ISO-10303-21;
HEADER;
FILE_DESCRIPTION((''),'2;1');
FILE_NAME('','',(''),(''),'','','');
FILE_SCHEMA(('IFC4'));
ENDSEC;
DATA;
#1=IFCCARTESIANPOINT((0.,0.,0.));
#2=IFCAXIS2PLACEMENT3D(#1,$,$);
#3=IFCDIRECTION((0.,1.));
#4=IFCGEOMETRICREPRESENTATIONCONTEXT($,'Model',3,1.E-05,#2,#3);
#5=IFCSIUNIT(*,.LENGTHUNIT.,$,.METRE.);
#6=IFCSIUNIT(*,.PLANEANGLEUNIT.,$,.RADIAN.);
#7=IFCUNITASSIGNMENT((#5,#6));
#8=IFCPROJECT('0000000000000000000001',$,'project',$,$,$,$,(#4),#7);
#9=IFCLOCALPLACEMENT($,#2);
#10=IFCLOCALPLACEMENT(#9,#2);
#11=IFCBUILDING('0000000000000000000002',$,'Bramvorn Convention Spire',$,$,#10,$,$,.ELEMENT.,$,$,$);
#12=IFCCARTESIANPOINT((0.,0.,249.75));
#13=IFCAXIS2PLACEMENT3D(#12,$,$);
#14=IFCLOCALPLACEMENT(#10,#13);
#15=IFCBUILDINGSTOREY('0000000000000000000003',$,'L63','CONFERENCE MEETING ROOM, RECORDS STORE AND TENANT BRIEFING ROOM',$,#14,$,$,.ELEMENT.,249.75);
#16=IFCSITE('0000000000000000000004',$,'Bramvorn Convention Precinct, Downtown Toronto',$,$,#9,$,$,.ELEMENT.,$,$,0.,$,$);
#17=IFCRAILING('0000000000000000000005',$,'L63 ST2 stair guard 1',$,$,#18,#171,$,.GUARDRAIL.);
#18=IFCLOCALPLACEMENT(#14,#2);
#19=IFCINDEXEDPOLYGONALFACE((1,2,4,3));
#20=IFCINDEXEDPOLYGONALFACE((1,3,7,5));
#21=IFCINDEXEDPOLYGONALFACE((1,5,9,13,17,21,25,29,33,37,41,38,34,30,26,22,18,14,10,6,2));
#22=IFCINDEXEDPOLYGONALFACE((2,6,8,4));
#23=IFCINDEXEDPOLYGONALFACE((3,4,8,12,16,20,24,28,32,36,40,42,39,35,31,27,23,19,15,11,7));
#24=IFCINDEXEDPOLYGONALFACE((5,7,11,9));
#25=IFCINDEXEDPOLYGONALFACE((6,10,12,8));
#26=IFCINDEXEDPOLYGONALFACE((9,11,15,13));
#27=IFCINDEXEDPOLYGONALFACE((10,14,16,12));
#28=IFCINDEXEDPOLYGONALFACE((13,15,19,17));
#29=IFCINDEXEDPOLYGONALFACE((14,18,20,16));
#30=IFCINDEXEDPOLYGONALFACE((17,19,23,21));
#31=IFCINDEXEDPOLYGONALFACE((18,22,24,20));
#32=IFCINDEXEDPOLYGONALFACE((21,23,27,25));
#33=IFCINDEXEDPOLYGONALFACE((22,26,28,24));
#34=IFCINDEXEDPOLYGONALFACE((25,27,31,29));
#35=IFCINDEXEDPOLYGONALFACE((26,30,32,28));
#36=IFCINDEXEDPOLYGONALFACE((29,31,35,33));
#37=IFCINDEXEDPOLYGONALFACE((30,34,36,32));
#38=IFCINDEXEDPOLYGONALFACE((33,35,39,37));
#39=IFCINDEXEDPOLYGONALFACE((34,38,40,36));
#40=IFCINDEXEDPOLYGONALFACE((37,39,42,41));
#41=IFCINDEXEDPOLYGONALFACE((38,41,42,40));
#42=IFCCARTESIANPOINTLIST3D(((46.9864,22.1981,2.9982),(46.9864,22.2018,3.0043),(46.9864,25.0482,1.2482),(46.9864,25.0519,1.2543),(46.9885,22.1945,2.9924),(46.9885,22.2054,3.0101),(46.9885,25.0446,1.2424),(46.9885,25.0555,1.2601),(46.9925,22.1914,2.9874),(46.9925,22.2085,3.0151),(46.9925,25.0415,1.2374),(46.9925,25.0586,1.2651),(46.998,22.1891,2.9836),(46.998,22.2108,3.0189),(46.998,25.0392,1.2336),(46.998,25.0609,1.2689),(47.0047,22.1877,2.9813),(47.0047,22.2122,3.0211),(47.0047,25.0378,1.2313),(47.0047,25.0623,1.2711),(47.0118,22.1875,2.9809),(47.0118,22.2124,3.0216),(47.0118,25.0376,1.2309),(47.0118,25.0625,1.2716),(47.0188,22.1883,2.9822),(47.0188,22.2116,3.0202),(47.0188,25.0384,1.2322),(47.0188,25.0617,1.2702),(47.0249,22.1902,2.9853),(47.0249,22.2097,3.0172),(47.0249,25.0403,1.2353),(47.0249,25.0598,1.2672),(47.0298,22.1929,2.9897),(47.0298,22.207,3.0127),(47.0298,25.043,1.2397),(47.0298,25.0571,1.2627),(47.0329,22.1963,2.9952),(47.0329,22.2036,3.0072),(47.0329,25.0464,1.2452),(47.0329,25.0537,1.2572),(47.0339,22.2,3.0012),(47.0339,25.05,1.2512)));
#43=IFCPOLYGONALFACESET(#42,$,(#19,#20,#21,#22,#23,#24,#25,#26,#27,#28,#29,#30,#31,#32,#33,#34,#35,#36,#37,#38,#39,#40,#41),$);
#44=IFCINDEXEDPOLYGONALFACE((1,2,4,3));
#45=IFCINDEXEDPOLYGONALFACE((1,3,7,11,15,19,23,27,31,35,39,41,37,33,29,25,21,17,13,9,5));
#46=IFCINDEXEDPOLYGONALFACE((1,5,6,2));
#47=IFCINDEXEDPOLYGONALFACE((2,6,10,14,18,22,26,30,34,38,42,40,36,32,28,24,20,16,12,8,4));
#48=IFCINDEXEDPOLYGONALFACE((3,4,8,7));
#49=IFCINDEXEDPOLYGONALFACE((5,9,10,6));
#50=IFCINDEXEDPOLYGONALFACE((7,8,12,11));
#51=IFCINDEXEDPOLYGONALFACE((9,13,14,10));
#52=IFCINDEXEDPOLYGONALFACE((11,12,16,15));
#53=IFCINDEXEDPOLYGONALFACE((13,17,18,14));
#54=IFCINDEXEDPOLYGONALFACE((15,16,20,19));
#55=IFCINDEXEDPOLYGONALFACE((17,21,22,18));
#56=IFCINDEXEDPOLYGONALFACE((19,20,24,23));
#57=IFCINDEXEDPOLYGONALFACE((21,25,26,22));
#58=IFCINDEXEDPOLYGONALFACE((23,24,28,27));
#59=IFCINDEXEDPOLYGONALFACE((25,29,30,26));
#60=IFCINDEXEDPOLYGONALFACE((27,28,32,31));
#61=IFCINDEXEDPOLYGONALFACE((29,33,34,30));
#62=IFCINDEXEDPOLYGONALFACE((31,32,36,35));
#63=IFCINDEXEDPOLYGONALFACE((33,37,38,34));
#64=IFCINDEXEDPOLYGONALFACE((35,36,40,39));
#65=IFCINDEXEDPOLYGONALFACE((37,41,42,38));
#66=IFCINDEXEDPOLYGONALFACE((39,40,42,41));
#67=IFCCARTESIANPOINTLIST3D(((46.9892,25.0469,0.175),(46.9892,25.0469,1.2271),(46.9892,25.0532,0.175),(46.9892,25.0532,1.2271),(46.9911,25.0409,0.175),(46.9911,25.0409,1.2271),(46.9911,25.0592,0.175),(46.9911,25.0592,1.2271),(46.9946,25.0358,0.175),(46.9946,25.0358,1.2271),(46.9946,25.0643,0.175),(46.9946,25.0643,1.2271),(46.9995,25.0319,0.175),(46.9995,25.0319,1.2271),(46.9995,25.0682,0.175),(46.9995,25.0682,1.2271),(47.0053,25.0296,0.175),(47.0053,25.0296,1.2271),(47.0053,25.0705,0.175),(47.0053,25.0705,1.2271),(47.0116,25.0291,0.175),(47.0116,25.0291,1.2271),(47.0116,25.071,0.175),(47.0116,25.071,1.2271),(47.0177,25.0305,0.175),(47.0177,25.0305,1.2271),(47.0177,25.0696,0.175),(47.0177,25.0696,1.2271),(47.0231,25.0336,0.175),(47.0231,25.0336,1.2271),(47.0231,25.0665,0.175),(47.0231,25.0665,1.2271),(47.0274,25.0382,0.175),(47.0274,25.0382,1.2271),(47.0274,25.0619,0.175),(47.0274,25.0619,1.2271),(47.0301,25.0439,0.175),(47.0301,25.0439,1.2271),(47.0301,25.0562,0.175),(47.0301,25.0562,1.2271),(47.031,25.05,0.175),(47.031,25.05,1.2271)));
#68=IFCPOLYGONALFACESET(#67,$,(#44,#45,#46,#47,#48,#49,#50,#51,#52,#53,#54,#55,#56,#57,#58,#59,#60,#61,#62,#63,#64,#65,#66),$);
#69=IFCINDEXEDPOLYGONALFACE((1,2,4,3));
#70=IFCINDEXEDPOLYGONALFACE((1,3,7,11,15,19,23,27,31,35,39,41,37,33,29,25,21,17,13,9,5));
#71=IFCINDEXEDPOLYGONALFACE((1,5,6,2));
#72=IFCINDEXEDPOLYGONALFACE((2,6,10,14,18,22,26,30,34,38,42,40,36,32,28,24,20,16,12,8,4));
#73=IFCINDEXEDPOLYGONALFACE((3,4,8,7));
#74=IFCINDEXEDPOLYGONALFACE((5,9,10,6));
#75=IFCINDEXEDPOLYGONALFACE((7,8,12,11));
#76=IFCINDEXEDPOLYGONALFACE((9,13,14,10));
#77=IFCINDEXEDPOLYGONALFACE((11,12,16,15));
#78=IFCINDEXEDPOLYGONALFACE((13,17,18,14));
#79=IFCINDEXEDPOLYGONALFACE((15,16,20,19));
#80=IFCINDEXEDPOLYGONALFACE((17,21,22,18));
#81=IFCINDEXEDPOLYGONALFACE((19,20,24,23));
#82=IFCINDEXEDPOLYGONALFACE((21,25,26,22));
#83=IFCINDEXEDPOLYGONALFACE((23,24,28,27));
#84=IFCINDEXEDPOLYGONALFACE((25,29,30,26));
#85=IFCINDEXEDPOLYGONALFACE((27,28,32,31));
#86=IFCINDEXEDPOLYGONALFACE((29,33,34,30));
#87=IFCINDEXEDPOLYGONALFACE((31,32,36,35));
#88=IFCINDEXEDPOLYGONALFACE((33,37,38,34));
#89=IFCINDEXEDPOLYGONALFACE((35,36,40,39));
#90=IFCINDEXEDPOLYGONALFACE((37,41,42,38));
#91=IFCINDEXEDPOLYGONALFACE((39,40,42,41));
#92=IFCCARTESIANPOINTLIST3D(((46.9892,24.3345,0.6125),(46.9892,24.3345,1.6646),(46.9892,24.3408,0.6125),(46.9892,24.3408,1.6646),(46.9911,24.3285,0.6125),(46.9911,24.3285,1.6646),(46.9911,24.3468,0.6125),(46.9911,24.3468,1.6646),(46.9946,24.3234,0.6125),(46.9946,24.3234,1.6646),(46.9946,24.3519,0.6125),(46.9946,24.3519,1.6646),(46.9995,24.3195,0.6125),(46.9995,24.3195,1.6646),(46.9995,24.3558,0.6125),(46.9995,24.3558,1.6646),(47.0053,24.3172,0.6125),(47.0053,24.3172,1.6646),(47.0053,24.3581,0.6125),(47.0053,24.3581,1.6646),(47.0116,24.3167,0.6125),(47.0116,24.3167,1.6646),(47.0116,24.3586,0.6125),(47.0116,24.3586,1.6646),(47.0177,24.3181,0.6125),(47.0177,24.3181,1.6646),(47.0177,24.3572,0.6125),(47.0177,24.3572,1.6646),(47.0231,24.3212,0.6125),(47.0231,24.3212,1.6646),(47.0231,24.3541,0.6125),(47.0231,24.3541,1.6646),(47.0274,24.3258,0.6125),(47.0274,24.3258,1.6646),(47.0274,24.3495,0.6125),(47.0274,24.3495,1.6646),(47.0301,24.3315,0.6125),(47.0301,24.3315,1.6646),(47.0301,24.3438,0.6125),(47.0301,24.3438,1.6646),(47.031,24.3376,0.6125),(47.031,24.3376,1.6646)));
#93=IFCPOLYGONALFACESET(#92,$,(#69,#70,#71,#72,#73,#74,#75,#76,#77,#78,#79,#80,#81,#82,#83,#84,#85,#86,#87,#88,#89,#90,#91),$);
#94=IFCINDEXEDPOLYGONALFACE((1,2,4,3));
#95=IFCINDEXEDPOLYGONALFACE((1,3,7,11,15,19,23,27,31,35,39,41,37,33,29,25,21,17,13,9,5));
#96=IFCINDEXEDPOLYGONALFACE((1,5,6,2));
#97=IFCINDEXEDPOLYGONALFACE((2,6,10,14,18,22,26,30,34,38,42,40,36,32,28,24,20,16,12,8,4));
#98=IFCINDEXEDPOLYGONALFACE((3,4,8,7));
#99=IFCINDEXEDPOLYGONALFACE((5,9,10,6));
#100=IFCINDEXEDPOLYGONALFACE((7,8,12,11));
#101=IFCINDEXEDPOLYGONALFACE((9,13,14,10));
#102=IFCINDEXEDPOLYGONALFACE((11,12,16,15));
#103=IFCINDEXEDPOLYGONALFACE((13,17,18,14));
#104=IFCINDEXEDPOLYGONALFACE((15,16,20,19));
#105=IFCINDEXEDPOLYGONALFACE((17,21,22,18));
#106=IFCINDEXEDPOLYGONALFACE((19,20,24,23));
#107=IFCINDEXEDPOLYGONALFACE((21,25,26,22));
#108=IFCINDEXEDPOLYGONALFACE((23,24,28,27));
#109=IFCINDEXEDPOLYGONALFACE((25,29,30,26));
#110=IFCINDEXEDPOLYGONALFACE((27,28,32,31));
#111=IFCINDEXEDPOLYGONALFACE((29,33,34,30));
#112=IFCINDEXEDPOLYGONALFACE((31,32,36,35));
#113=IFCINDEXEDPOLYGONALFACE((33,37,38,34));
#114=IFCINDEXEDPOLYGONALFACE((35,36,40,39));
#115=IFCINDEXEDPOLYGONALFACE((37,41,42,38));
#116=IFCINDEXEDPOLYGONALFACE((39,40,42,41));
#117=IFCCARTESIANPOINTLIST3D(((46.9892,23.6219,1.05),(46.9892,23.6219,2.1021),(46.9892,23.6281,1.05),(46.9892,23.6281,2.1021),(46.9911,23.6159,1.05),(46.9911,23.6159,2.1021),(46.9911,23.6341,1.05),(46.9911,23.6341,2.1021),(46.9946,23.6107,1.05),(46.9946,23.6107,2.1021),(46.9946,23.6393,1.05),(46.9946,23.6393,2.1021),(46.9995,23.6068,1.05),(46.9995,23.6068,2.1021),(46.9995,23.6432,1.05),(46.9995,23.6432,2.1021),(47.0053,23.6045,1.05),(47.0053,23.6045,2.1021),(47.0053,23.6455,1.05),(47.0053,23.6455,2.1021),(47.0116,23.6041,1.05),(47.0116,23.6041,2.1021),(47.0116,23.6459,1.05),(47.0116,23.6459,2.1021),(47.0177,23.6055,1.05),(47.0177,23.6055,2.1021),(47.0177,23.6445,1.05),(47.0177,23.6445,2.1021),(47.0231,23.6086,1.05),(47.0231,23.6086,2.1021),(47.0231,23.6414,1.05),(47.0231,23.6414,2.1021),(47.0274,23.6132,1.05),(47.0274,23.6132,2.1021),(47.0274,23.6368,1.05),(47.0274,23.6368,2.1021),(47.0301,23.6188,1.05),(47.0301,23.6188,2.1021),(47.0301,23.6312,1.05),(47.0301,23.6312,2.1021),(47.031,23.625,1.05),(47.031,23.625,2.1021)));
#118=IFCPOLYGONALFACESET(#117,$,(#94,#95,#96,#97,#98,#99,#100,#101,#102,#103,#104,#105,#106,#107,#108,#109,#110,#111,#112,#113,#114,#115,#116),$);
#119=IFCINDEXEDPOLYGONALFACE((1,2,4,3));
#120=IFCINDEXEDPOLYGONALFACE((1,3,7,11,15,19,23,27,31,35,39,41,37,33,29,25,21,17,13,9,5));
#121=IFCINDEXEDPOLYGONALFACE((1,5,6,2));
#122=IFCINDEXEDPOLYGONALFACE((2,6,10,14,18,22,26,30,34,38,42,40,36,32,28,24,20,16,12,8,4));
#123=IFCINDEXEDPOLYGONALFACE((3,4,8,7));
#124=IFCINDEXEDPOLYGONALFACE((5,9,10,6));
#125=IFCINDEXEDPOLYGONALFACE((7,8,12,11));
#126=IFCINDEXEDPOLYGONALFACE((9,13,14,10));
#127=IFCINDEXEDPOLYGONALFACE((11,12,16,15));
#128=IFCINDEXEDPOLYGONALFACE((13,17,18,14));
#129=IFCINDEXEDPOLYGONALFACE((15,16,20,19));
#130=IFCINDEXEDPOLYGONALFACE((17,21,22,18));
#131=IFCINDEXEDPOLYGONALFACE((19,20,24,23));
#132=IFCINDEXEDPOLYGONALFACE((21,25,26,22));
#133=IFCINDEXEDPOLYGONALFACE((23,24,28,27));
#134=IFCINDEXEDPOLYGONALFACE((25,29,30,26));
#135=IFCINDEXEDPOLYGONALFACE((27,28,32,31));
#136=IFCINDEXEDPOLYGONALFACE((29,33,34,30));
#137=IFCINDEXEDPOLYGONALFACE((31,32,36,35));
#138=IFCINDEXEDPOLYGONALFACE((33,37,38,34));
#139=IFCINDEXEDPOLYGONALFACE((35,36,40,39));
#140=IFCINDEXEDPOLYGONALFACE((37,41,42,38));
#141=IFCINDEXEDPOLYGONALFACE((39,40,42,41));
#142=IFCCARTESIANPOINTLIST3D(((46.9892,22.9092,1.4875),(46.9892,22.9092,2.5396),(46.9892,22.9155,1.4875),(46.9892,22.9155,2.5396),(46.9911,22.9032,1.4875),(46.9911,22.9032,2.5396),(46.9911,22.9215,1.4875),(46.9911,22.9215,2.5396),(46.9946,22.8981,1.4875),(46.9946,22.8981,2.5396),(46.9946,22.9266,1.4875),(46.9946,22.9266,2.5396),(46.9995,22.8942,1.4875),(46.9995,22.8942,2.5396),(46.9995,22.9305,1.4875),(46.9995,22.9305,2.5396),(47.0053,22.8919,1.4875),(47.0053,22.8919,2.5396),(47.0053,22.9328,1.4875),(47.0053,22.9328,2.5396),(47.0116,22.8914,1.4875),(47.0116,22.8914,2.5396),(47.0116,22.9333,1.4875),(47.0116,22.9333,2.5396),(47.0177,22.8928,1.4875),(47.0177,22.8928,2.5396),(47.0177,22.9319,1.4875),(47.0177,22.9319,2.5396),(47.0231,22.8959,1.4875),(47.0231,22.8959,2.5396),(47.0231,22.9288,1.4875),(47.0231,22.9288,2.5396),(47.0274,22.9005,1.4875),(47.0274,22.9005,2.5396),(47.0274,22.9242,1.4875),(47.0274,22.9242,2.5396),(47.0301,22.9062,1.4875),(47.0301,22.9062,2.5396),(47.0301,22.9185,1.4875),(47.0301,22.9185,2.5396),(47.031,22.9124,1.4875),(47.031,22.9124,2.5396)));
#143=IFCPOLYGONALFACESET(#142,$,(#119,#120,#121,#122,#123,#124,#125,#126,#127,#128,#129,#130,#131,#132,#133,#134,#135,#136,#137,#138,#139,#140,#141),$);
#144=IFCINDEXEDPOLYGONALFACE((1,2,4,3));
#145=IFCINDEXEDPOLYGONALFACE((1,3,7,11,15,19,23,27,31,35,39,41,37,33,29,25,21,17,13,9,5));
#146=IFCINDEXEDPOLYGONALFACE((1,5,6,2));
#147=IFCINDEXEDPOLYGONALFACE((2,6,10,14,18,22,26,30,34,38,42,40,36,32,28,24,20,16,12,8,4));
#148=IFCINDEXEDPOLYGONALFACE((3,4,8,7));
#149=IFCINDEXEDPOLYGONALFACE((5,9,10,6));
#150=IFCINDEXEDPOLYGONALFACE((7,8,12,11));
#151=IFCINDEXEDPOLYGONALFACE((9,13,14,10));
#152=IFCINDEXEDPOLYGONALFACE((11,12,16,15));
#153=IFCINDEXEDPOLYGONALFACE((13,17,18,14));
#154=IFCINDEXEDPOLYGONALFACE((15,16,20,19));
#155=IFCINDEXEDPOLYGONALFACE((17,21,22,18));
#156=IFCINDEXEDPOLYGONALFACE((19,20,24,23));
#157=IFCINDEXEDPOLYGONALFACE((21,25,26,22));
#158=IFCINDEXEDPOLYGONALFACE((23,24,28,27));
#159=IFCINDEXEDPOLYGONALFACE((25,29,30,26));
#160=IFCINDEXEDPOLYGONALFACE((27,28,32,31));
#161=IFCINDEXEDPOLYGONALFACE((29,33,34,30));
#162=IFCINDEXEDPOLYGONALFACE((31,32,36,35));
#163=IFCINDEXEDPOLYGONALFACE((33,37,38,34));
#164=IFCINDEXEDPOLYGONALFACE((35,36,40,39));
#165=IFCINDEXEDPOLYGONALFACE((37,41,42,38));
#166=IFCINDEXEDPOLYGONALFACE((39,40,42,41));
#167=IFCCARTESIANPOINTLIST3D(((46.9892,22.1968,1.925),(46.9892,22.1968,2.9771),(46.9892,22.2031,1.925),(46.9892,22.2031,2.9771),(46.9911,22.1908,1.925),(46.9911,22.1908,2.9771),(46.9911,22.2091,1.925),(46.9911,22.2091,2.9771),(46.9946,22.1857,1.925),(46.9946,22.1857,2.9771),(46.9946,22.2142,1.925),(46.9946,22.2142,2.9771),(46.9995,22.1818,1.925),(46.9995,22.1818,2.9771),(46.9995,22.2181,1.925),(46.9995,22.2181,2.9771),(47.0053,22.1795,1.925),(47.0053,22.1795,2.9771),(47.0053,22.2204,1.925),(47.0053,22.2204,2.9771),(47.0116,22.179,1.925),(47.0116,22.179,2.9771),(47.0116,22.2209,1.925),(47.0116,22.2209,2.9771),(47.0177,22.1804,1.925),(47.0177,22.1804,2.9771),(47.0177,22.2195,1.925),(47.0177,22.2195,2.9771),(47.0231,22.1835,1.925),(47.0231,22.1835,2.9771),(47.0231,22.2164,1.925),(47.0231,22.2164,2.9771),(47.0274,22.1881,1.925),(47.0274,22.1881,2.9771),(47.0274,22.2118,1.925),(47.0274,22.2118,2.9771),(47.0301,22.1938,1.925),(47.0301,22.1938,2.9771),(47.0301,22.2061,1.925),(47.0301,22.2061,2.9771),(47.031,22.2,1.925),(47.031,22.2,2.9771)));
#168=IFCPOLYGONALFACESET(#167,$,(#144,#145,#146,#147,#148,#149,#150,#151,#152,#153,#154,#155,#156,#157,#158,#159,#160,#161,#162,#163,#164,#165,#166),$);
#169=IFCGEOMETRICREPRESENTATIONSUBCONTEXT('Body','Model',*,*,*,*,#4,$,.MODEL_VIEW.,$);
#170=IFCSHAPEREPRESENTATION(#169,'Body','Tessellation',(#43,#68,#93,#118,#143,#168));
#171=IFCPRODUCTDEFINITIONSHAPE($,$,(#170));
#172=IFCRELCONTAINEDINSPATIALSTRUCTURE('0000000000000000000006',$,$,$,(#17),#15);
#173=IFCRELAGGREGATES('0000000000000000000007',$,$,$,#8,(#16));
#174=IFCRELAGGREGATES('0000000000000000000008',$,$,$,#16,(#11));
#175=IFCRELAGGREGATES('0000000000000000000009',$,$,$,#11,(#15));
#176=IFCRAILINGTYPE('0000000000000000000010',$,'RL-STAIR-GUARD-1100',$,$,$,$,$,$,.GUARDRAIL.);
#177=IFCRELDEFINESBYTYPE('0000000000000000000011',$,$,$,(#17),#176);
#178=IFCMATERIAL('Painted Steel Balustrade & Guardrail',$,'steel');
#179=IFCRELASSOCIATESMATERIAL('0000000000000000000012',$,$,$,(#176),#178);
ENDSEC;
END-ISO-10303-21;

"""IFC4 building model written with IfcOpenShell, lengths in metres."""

from ifc_helpers import new_model, si_unit, direction, frame, origin, origin_2d, place, context, subcontext, project, spatial, circle, extrude, material, type_object, element, save


model = new_model("IFC4")

# Units and contexts
model_context = context("Model", 3, precision=1e-05, world=origin(), true_north=direction((0.0, 1.0)))
body_context = subcontext(model_context, "Body", "Model", "MODEL_VIEW")
ifc_project = project(units=[si_unit("LENGTHUNIT", "METRE"), si_unit("PLANEANGLEUNIT", "RADIAN")], contexts=[model_context])

# Site, building, storey
site_placement = place(None, origin())
site = spatial("IfcSite", under=ifc_project, at=site_placement, Name="Bramvorn Convention Precinct, Downtown Toronto", CompositionType="ELEMENT", RefElevation=0.0)
building_placement = place(site_placement, origin())
building = spatial("IfcBuilding", under=site, at=building_placement, Name="Bramvorn Convention Spire", CompositionType="ELEMENT")
storey_placement = place(building_placement, frame((0.0, 0.0, 249.75)))
storey = spatial("IfcBuildingStorey", under=building, at=storey_placement, Name="L63", Description="CONFERENCE MEETING ROOM, RECORDS STORE AND TENANT BRIEFING ROOM", CompositionType="ELEMENT", Elevation=249.75)

# Railing
ifc_material_1 = material(Name="Painted Steel Balustrade & Guardrail", Category="steel")
railing_type_1 = type_object("IfcRailingType", Name="RL-STAIR-GUARD-1100", PredefinedType="GUARDRAIL", material=ifc_material_1)
railing_1_placement = place(storey_placement, frame((47.01, 25.05, 0.175)))
element("IfcRailing", 1, at=railing_1_placement, inside=storey, type_object=railing_type_1, Name="L63 ST2 stair guard 1", PredefinedType="GUARDRAIL", context=body_context, shape_type="SweptSolid", body=[
    extrude(circle(Radius=0.0239, at=origin_2d()), frame((0.0, 0.0, 1.0762), z_axis=(0.0, -0.852179, 0.52325), x_axis=(1.0, 0.0, 0.0)), (0.0, 0.0, 1.0), 3.3445),
    extrude(circle(Radius=0.021, at=origin_2d()), origin(), (0.0, 0.0, 1.0), 1.052),
    extrude(circle(Radius=0.021, at=origin_2d()), frame((0.0, -0.7124, 0.4375)), (0.0, 0.0, 1.0), 1.052),
    extrude(circle(Radius=0.021, at=origin_2d()), frame((0.0, -1.425, 0.875)), (0.0, 0.0, 1.0), 1.052),
    extrude(circle(Radius=0.021, at=origin_2d()), frame((0.0, -2.1377, 1.3125)), (0.0, 0.0, 1.0), 1.052),
    extrude(circle(Radius=0.021, at=origin_2d()), frame((0.0, -2.8501, 1.75)), (0.0, 0.0, 1.0), 1.052),
])

save(model, "model.ifc")
